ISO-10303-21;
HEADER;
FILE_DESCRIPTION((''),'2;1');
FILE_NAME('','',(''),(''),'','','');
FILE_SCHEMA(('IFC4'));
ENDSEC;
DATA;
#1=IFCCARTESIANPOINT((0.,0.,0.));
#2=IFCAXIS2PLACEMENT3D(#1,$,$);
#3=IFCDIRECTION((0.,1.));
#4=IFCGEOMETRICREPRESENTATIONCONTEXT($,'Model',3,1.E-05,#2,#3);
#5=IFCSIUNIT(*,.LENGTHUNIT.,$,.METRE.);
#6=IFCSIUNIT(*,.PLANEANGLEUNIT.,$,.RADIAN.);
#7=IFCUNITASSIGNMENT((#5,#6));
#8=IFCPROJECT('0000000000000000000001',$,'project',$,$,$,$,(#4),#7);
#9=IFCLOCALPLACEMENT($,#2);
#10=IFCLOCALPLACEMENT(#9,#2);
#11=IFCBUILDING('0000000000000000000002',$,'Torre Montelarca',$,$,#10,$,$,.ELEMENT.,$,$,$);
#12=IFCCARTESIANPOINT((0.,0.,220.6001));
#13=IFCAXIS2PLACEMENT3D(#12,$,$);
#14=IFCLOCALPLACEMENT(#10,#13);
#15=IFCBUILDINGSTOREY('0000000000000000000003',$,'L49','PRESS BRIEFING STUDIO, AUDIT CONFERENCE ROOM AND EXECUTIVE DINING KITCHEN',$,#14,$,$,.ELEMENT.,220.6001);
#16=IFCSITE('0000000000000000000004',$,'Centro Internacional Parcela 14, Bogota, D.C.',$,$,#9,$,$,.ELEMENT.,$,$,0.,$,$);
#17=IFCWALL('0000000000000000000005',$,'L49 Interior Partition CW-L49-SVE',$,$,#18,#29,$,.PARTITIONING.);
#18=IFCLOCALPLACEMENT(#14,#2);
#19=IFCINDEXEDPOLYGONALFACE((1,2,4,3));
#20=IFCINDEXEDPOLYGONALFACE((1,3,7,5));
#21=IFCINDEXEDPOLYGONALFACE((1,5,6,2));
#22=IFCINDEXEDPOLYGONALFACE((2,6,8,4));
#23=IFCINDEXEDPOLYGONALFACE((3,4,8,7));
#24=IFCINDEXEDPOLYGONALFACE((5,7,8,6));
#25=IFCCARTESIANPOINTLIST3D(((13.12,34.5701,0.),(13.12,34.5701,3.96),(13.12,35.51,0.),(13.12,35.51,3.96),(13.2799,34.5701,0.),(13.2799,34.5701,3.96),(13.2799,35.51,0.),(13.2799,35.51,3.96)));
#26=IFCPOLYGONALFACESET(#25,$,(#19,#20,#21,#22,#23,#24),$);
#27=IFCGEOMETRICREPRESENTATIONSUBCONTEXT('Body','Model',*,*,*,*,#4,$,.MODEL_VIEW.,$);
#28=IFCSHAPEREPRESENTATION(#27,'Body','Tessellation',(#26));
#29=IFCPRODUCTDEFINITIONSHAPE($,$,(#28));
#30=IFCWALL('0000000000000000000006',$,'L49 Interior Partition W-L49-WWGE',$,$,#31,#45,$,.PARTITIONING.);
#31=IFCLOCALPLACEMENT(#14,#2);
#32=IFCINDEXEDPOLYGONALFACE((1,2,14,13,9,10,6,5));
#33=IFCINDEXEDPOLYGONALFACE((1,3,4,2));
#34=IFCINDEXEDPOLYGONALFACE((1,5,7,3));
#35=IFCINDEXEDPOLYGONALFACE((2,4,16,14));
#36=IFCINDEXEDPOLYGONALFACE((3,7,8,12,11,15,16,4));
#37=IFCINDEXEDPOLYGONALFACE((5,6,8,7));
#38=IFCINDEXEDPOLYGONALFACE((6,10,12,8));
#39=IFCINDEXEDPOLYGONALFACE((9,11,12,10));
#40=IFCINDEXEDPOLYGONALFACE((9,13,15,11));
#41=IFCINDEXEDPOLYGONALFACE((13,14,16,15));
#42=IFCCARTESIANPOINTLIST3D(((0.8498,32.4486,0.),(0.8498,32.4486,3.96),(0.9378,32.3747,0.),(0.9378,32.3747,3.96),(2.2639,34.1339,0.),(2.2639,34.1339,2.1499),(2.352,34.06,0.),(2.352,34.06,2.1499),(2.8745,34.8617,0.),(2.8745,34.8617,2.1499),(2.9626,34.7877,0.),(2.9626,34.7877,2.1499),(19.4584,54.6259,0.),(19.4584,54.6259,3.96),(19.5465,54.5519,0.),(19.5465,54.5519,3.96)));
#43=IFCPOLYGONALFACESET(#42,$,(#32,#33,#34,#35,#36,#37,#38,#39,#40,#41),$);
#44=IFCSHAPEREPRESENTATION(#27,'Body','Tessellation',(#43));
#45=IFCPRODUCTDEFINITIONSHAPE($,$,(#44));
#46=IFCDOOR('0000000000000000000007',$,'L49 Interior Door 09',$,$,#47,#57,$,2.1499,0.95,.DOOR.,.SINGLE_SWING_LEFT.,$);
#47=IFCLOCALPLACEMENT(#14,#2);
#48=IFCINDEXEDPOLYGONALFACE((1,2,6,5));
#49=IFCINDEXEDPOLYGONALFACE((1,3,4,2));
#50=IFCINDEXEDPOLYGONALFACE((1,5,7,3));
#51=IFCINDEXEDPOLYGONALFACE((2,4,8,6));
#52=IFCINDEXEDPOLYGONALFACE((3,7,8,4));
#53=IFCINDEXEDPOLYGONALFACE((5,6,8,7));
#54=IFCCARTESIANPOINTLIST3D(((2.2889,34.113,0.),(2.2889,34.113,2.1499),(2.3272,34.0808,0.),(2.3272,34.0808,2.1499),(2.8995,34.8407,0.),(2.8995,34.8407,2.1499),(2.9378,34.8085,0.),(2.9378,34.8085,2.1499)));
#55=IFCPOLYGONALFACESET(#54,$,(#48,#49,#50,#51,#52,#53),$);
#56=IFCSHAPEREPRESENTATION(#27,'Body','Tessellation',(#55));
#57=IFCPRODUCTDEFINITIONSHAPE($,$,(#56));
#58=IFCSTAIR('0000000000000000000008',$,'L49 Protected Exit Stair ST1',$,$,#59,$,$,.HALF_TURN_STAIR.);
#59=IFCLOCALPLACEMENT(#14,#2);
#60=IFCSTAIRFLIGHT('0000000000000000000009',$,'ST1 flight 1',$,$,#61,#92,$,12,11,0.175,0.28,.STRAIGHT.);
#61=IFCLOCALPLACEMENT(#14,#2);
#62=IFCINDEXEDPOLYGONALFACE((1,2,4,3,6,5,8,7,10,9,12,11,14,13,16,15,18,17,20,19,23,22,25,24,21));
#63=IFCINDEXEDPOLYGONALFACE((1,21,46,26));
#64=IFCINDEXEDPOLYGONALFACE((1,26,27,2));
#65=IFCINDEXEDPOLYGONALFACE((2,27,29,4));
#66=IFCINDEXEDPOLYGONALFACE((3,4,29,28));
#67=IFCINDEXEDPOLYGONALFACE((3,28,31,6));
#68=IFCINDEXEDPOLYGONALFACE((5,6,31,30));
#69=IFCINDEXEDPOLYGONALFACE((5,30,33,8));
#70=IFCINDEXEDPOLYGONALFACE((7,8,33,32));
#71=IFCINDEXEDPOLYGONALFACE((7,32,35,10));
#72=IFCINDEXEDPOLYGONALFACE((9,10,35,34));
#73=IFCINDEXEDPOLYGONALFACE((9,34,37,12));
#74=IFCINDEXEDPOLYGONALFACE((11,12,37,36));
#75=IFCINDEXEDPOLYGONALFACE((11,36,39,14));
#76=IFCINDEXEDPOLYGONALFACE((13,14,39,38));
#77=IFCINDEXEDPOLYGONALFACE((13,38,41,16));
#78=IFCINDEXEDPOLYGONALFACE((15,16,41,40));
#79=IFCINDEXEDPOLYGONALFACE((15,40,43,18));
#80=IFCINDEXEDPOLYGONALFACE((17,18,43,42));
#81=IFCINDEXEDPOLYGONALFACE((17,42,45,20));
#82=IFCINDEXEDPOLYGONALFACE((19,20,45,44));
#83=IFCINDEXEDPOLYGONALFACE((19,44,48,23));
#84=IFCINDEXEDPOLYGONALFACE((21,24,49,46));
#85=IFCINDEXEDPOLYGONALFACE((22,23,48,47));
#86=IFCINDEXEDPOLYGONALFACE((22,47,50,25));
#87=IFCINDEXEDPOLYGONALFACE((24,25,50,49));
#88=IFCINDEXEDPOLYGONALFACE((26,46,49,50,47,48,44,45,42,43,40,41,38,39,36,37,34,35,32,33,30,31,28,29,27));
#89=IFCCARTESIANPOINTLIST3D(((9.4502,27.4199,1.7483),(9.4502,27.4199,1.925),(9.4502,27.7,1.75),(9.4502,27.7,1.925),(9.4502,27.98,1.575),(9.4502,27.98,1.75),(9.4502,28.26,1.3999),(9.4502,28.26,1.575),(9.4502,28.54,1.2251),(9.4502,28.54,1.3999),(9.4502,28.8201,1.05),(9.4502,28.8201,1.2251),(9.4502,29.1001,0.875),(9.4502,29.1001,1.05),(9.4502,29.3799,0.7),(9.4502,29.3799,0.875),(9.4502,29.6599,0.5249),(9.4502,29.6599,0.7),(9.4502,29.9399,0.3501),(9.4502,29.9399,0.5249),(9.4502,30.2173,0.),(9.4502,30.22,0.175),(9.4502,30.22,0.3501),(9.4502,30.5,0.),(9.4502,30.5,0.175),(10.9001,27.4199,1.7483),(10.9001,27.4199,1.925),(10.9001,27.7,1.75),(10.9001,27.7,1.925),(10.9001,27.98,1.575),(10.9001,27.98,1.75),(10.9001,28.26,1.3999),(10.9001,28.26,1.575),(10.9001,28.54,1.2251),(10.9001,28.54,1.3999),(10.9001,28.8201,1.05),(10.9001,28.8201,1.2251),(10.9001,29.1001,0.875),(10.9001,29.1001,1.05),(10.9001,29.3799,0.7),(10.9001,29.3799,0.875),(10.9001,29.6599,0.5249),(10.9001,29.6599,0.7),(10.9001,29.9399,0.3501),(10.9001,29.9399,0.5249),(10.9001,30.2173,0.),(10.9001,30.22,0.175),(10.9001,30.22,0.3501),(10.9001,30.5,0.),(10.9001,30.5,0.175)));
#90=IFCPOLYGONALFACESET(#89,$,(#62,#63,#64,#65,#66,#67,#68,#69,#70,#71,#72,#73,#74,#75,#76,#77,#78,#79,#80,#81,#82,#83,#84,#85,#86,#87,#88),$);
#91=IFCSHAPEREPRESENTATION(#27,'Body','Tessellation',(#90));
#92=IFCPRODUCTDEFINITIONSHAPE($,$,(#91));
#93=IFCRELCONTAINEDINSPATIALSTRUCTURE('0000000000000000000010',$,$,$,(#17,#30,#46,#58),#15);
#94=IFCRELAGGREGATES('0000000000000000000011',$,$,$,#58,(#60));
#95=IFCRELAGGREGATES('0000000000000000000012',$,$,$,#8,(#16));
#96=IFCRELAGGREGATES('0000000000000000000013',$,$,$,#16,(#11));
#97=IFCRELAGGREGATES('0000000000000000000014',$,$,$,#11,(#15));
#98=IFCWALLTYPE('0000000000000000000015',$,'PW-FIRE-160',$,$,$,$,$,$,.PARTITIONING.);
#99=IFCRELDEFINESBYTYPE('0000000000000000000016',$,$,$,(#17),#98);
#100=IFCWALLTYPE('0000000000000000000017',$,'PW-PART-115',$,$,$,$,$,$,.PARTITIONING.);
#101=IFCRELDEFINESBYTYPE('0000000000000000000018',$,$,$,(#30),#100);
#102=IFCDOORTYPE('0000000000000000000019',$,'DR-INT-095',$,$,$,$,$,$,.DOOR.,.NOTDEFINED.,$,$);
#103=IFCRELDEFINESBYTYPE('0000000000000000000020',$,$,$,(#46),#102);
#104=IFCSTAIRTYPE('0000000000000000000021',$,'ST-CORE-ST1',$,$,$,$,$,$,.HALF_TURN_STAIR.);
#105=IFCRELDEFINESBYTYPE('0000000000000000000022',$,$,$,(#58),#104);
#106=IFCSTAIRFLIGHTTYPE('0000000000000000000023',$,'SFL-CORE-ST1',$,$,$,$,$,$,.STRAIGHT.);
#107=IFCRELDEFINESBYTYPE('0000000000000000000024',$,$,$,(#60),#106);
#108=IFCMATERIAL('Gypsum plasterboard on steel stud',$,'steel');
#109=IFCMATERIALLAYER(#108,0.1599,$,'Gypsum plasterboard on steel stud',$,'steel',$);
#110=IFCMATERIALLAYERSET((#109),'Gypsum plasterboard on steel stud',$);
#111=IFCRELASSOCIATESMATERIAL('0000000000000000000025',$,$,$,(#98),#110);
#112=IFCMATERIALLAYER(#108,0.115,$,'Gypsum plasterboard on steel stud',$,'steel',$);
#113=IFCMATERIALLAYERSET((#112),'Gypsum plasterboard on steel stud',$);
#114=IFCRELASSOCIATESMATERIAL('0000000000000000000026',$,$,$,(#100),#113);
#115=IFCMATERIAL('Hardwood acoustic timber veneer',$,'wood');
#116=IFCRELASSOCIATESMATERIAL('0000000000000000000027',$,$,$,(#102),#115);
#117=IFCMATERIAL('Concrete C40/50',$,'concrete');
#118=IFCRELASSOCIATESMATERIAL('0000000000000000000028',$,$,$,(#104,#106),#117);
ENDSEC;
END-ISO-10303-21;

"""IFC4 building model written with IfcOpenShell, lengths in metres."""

from ifc_helpers import new_model, si_unit, direction, frame, frame_2d, origin, place, context, subcontext, project, spatial, polyline, rectangle, outline, extrude, source, transform, mapped, material, layer, layer_set, type_object, element, fill, aggregate, save


model = new_model("IFC4")

# Units and contexts
model_context = context("Model", 3, precision=1e-05, world=origin(), true_north=direction((0.0, 1.0)))
body_context = subcontext(model_context, "Body", "Model", "MODEL_VIEW")
ifc_project = project(units=[si_unit("LENGTHUNIT", "METRE"), si_unit("PLANEANGLEUNIT", "RADIAN")], contexts=[model_context])

# Site, building, storey
site_placement = place(None, origin())
site = spatial("IfcSite", under=ifc_project, at=site_placement, Name="Centro Internacional Parcela 14, Bogota, D.C.", CompositionType="ELEMENT", RefElevation=0.0)
building_placement = place(site_placement, origin())
building = spatial("IfcBuilding", under=site, at=building_placement, Name="Torre Montelarca", CompositionType="ELEMENT")
storey_placement = place(building_placement, frame((0.0, 0.0, 220.6001)))
storey = spatial("IfcBuildingStorey", under=building, at=storey_placement, Name="L49", Description="PRESS BRIEFING STUDIO, AUDIT CONFERENCE ROOM AND EXECUTIVE DINING KITCHEN", CompositionType="ELEMENT", Elevation=220.6001)

# Shared definitions
ifc_material_1 = material(Name="Concrete C40/50", Category="concrete")

# Shared definitions
ifc_material_2 = material(Name="Gypsum plasterboard on steel stud", Category="steel")
ifc_layer_1 = layer(ifc_material_2, 0.1599, Name="Gypsum plasterboard on steel stud", Category="steel")
ifc_layer_set_1 = layer_set([ifc_layer_1], Name="Gypsum plasterboard on steel stud")
wall_type_1 = type_object("IfcWallType", Name="PW-FIRE-160", PredefinedType="PARTITIONING", material=ifc_layer_set_1)

# Wall
wall_1_placement = place(storey_placement, frame((13.2, 34.5701, 0.0), z_axis=(0.0, 0.0, 1.0), x_axis=(0.0, 1.0, 0.0)))
element("IfcWall", 1, at=wall_1_placement, inside=storey, type_object=wall_type_1, Name="L49 Interior Partition CW-L49-SVE", PredefinedType="PARTITIONING", context=body_context, shape_type="SweptSolid", body=[
    extrude(rectangle(XDim=0.9399, YDim=0.1599, at=frame_2d((0.47, 0.0))), origin(), (0.0, 0.0, 1.0), 3.96),
])

# Wall, opening, door
ifc_layer_2 = layer(ifc_material_2, 0.115, Name="Gypsum plasterboard on steel stud", Category="steel")
ifc_layer_set_2 = layer_set([ifc_layer_2], Name="Gypsum plasterboard on steel stud")
wall_type_2 = type_object("IfcWallType", Name="PW-PART-115", PredefinedType="PARTITIONING", material=ifc_layer_set_2)
wall_2_placement = place(storey_placement, frame((0.8938, 32.4116, 0.0), z_axis=(0.0, 0.0, 1.0), x_axis=(0.642782, 0.766049, 0.0)))
wall_2 = element("IfcWall", 2, at=wall_2_placement, inside=storey, type_object=wall_type_2, Name="L49 Interior Partition W-L49-WWGE", PredefinedType="PARTITIONING", context=body_context, shape_type="SweptSolid", body=[
    extrude(rectangle(XDim=28.9502, YDim=0.115, at=frame_2d((14.4751, 0.0))), origin(), (0.0, 0.0, 1.0), 3.96),
])
opening_1_placement = place(wall_2_placement, frame((2.2, 0.0, 0.0)))
opening_1 = element("IfcOpeningElement", 3, at=opening_1_placement, cuts=wall_2, PredefinedType="OPENING", context=body_context, shape_type="SweptSolid", body=[
    extrude(rectangle(XDim=0.95, YDim=2.1499, at=frame_2d((0.4751, 1.075))), frame((0.0, 0.0674, 0.0), z_axis=(0.0, -1.0, 0.0), x_axis=(1.0, 0.0, 0.0)), (0.0, 0.0, 1.0), 0.135),
])
ifc_material_3 = material(Name="Hardwood acoustic timber veneer", Category="wood")
door_type_1 = type_object("IfcDoorType", Name="DR-INT-095", OperationType="NOTDEFINED", PredefinedType="DOOR", material=ifc_material_3)
shared_shape_1 = source(origin(), body_context, "Body", "SweptSolid", [
    extrude(rectangle(XDim=0.95, YDim=2.1499, at=frame_2d((0.4751, 1.075))), frame((0.0, 0.0249, 0.0), z_axis=(0.0, -1.0, 0.0), x_axis=(1.0, 0.0, 0.0)), (0.0, 0.0, 1.0), 0.05),
])
door_1_placement = place(opening_1_placement, origin())
door_1 = element("IfcDoor", 4, at=door_1_placement, inside=storey, type_object=door_type_1, Name="L49 Interior Door 09", OperationType="SINGLE_SWING_LEFT", OverallHeight=2.1499, OverallWidth=0.95, PredefinedType="DOOR", context=body_context, shape_type="MappedRepresentation", body=[
    mapped(shared_shape_1, transform((0.0, 0.0, 0.0), scale=1.0)),
])
fill(opening_1, door_1)

# Stair, stair flight
stair_type = type_object("IfcStairType", Name="ST-CORE-ST1", PredefinedType="HALF_TURN_STAIR", material=ifc_material_1)
stair_placement = place(storey_placement, origin())
stair = element("IfcStair", 5, at=stair_placement, inside=storey, type_object=stair_type, Name="L49 Protected Exit Stair ST1", PredefinedType="HALF_TURN_STAIR")
stair_flight_type = type_object("IfcStairFlightType", Name="SFL-CORE-ST1", PredefinedType="STRAIGHT", material=ifc_material_1)
stair_flight_placement = place(storey_placement, frame((10.175, 30.5, 0.0), z_axis=(0.0, 0.0, 1.0), x_axis=(0.0, -1.0, 0.0)))
stair_flight = element("IfcStairFlight", 6, at=stair_flight_placement, type_object=stair_flight_type, Name="ST1 flight 1", NumberOfRisers=12, NumberOfTreads=11, PredefinedType="STRAIGHT", RiserHeight=0.175, TreadLength=0.28, context=body_context, shape_type="SweptSolid", body=[
    extrude(outline(polyline([(0.0, 0.0), (0.0, 0.175), (0.28, 0.175), (0.28, 0.3501), (0.5601, 0.3501), (0.5601, 0.5249), (0.8401, 0.5249), (0.8401, 0.7), (1.1201, 0.7), (1.1201, 0.875), (1.3999, 0.875), (1.3999, 1.05), (1.6799, 1.05), (1.6799, 1.2251), (1.96, 1.2251), (1.96, 1.3999), (2.24, 1.3999), (2.24, 1.575), (2.52, 1.575), (2.52, 1.75), (2.8, 1.75), (2.8, 1.925), (3.0801, 1.925), (3.0801, 2.1001), (3.0801, 1.7483), (0.2827, 0.0), (0.0, 0.0)])), frame((0.0, 0.7251, 0.0), z_axis=(0.0, -1.0, 0.0), x_axis=(1.0, 0.0, 0.0)), (0.0, 0.0, 1.0), 1.45),
])
aggregate(stair, [stair_flight])

save(model, "model.ifc")
